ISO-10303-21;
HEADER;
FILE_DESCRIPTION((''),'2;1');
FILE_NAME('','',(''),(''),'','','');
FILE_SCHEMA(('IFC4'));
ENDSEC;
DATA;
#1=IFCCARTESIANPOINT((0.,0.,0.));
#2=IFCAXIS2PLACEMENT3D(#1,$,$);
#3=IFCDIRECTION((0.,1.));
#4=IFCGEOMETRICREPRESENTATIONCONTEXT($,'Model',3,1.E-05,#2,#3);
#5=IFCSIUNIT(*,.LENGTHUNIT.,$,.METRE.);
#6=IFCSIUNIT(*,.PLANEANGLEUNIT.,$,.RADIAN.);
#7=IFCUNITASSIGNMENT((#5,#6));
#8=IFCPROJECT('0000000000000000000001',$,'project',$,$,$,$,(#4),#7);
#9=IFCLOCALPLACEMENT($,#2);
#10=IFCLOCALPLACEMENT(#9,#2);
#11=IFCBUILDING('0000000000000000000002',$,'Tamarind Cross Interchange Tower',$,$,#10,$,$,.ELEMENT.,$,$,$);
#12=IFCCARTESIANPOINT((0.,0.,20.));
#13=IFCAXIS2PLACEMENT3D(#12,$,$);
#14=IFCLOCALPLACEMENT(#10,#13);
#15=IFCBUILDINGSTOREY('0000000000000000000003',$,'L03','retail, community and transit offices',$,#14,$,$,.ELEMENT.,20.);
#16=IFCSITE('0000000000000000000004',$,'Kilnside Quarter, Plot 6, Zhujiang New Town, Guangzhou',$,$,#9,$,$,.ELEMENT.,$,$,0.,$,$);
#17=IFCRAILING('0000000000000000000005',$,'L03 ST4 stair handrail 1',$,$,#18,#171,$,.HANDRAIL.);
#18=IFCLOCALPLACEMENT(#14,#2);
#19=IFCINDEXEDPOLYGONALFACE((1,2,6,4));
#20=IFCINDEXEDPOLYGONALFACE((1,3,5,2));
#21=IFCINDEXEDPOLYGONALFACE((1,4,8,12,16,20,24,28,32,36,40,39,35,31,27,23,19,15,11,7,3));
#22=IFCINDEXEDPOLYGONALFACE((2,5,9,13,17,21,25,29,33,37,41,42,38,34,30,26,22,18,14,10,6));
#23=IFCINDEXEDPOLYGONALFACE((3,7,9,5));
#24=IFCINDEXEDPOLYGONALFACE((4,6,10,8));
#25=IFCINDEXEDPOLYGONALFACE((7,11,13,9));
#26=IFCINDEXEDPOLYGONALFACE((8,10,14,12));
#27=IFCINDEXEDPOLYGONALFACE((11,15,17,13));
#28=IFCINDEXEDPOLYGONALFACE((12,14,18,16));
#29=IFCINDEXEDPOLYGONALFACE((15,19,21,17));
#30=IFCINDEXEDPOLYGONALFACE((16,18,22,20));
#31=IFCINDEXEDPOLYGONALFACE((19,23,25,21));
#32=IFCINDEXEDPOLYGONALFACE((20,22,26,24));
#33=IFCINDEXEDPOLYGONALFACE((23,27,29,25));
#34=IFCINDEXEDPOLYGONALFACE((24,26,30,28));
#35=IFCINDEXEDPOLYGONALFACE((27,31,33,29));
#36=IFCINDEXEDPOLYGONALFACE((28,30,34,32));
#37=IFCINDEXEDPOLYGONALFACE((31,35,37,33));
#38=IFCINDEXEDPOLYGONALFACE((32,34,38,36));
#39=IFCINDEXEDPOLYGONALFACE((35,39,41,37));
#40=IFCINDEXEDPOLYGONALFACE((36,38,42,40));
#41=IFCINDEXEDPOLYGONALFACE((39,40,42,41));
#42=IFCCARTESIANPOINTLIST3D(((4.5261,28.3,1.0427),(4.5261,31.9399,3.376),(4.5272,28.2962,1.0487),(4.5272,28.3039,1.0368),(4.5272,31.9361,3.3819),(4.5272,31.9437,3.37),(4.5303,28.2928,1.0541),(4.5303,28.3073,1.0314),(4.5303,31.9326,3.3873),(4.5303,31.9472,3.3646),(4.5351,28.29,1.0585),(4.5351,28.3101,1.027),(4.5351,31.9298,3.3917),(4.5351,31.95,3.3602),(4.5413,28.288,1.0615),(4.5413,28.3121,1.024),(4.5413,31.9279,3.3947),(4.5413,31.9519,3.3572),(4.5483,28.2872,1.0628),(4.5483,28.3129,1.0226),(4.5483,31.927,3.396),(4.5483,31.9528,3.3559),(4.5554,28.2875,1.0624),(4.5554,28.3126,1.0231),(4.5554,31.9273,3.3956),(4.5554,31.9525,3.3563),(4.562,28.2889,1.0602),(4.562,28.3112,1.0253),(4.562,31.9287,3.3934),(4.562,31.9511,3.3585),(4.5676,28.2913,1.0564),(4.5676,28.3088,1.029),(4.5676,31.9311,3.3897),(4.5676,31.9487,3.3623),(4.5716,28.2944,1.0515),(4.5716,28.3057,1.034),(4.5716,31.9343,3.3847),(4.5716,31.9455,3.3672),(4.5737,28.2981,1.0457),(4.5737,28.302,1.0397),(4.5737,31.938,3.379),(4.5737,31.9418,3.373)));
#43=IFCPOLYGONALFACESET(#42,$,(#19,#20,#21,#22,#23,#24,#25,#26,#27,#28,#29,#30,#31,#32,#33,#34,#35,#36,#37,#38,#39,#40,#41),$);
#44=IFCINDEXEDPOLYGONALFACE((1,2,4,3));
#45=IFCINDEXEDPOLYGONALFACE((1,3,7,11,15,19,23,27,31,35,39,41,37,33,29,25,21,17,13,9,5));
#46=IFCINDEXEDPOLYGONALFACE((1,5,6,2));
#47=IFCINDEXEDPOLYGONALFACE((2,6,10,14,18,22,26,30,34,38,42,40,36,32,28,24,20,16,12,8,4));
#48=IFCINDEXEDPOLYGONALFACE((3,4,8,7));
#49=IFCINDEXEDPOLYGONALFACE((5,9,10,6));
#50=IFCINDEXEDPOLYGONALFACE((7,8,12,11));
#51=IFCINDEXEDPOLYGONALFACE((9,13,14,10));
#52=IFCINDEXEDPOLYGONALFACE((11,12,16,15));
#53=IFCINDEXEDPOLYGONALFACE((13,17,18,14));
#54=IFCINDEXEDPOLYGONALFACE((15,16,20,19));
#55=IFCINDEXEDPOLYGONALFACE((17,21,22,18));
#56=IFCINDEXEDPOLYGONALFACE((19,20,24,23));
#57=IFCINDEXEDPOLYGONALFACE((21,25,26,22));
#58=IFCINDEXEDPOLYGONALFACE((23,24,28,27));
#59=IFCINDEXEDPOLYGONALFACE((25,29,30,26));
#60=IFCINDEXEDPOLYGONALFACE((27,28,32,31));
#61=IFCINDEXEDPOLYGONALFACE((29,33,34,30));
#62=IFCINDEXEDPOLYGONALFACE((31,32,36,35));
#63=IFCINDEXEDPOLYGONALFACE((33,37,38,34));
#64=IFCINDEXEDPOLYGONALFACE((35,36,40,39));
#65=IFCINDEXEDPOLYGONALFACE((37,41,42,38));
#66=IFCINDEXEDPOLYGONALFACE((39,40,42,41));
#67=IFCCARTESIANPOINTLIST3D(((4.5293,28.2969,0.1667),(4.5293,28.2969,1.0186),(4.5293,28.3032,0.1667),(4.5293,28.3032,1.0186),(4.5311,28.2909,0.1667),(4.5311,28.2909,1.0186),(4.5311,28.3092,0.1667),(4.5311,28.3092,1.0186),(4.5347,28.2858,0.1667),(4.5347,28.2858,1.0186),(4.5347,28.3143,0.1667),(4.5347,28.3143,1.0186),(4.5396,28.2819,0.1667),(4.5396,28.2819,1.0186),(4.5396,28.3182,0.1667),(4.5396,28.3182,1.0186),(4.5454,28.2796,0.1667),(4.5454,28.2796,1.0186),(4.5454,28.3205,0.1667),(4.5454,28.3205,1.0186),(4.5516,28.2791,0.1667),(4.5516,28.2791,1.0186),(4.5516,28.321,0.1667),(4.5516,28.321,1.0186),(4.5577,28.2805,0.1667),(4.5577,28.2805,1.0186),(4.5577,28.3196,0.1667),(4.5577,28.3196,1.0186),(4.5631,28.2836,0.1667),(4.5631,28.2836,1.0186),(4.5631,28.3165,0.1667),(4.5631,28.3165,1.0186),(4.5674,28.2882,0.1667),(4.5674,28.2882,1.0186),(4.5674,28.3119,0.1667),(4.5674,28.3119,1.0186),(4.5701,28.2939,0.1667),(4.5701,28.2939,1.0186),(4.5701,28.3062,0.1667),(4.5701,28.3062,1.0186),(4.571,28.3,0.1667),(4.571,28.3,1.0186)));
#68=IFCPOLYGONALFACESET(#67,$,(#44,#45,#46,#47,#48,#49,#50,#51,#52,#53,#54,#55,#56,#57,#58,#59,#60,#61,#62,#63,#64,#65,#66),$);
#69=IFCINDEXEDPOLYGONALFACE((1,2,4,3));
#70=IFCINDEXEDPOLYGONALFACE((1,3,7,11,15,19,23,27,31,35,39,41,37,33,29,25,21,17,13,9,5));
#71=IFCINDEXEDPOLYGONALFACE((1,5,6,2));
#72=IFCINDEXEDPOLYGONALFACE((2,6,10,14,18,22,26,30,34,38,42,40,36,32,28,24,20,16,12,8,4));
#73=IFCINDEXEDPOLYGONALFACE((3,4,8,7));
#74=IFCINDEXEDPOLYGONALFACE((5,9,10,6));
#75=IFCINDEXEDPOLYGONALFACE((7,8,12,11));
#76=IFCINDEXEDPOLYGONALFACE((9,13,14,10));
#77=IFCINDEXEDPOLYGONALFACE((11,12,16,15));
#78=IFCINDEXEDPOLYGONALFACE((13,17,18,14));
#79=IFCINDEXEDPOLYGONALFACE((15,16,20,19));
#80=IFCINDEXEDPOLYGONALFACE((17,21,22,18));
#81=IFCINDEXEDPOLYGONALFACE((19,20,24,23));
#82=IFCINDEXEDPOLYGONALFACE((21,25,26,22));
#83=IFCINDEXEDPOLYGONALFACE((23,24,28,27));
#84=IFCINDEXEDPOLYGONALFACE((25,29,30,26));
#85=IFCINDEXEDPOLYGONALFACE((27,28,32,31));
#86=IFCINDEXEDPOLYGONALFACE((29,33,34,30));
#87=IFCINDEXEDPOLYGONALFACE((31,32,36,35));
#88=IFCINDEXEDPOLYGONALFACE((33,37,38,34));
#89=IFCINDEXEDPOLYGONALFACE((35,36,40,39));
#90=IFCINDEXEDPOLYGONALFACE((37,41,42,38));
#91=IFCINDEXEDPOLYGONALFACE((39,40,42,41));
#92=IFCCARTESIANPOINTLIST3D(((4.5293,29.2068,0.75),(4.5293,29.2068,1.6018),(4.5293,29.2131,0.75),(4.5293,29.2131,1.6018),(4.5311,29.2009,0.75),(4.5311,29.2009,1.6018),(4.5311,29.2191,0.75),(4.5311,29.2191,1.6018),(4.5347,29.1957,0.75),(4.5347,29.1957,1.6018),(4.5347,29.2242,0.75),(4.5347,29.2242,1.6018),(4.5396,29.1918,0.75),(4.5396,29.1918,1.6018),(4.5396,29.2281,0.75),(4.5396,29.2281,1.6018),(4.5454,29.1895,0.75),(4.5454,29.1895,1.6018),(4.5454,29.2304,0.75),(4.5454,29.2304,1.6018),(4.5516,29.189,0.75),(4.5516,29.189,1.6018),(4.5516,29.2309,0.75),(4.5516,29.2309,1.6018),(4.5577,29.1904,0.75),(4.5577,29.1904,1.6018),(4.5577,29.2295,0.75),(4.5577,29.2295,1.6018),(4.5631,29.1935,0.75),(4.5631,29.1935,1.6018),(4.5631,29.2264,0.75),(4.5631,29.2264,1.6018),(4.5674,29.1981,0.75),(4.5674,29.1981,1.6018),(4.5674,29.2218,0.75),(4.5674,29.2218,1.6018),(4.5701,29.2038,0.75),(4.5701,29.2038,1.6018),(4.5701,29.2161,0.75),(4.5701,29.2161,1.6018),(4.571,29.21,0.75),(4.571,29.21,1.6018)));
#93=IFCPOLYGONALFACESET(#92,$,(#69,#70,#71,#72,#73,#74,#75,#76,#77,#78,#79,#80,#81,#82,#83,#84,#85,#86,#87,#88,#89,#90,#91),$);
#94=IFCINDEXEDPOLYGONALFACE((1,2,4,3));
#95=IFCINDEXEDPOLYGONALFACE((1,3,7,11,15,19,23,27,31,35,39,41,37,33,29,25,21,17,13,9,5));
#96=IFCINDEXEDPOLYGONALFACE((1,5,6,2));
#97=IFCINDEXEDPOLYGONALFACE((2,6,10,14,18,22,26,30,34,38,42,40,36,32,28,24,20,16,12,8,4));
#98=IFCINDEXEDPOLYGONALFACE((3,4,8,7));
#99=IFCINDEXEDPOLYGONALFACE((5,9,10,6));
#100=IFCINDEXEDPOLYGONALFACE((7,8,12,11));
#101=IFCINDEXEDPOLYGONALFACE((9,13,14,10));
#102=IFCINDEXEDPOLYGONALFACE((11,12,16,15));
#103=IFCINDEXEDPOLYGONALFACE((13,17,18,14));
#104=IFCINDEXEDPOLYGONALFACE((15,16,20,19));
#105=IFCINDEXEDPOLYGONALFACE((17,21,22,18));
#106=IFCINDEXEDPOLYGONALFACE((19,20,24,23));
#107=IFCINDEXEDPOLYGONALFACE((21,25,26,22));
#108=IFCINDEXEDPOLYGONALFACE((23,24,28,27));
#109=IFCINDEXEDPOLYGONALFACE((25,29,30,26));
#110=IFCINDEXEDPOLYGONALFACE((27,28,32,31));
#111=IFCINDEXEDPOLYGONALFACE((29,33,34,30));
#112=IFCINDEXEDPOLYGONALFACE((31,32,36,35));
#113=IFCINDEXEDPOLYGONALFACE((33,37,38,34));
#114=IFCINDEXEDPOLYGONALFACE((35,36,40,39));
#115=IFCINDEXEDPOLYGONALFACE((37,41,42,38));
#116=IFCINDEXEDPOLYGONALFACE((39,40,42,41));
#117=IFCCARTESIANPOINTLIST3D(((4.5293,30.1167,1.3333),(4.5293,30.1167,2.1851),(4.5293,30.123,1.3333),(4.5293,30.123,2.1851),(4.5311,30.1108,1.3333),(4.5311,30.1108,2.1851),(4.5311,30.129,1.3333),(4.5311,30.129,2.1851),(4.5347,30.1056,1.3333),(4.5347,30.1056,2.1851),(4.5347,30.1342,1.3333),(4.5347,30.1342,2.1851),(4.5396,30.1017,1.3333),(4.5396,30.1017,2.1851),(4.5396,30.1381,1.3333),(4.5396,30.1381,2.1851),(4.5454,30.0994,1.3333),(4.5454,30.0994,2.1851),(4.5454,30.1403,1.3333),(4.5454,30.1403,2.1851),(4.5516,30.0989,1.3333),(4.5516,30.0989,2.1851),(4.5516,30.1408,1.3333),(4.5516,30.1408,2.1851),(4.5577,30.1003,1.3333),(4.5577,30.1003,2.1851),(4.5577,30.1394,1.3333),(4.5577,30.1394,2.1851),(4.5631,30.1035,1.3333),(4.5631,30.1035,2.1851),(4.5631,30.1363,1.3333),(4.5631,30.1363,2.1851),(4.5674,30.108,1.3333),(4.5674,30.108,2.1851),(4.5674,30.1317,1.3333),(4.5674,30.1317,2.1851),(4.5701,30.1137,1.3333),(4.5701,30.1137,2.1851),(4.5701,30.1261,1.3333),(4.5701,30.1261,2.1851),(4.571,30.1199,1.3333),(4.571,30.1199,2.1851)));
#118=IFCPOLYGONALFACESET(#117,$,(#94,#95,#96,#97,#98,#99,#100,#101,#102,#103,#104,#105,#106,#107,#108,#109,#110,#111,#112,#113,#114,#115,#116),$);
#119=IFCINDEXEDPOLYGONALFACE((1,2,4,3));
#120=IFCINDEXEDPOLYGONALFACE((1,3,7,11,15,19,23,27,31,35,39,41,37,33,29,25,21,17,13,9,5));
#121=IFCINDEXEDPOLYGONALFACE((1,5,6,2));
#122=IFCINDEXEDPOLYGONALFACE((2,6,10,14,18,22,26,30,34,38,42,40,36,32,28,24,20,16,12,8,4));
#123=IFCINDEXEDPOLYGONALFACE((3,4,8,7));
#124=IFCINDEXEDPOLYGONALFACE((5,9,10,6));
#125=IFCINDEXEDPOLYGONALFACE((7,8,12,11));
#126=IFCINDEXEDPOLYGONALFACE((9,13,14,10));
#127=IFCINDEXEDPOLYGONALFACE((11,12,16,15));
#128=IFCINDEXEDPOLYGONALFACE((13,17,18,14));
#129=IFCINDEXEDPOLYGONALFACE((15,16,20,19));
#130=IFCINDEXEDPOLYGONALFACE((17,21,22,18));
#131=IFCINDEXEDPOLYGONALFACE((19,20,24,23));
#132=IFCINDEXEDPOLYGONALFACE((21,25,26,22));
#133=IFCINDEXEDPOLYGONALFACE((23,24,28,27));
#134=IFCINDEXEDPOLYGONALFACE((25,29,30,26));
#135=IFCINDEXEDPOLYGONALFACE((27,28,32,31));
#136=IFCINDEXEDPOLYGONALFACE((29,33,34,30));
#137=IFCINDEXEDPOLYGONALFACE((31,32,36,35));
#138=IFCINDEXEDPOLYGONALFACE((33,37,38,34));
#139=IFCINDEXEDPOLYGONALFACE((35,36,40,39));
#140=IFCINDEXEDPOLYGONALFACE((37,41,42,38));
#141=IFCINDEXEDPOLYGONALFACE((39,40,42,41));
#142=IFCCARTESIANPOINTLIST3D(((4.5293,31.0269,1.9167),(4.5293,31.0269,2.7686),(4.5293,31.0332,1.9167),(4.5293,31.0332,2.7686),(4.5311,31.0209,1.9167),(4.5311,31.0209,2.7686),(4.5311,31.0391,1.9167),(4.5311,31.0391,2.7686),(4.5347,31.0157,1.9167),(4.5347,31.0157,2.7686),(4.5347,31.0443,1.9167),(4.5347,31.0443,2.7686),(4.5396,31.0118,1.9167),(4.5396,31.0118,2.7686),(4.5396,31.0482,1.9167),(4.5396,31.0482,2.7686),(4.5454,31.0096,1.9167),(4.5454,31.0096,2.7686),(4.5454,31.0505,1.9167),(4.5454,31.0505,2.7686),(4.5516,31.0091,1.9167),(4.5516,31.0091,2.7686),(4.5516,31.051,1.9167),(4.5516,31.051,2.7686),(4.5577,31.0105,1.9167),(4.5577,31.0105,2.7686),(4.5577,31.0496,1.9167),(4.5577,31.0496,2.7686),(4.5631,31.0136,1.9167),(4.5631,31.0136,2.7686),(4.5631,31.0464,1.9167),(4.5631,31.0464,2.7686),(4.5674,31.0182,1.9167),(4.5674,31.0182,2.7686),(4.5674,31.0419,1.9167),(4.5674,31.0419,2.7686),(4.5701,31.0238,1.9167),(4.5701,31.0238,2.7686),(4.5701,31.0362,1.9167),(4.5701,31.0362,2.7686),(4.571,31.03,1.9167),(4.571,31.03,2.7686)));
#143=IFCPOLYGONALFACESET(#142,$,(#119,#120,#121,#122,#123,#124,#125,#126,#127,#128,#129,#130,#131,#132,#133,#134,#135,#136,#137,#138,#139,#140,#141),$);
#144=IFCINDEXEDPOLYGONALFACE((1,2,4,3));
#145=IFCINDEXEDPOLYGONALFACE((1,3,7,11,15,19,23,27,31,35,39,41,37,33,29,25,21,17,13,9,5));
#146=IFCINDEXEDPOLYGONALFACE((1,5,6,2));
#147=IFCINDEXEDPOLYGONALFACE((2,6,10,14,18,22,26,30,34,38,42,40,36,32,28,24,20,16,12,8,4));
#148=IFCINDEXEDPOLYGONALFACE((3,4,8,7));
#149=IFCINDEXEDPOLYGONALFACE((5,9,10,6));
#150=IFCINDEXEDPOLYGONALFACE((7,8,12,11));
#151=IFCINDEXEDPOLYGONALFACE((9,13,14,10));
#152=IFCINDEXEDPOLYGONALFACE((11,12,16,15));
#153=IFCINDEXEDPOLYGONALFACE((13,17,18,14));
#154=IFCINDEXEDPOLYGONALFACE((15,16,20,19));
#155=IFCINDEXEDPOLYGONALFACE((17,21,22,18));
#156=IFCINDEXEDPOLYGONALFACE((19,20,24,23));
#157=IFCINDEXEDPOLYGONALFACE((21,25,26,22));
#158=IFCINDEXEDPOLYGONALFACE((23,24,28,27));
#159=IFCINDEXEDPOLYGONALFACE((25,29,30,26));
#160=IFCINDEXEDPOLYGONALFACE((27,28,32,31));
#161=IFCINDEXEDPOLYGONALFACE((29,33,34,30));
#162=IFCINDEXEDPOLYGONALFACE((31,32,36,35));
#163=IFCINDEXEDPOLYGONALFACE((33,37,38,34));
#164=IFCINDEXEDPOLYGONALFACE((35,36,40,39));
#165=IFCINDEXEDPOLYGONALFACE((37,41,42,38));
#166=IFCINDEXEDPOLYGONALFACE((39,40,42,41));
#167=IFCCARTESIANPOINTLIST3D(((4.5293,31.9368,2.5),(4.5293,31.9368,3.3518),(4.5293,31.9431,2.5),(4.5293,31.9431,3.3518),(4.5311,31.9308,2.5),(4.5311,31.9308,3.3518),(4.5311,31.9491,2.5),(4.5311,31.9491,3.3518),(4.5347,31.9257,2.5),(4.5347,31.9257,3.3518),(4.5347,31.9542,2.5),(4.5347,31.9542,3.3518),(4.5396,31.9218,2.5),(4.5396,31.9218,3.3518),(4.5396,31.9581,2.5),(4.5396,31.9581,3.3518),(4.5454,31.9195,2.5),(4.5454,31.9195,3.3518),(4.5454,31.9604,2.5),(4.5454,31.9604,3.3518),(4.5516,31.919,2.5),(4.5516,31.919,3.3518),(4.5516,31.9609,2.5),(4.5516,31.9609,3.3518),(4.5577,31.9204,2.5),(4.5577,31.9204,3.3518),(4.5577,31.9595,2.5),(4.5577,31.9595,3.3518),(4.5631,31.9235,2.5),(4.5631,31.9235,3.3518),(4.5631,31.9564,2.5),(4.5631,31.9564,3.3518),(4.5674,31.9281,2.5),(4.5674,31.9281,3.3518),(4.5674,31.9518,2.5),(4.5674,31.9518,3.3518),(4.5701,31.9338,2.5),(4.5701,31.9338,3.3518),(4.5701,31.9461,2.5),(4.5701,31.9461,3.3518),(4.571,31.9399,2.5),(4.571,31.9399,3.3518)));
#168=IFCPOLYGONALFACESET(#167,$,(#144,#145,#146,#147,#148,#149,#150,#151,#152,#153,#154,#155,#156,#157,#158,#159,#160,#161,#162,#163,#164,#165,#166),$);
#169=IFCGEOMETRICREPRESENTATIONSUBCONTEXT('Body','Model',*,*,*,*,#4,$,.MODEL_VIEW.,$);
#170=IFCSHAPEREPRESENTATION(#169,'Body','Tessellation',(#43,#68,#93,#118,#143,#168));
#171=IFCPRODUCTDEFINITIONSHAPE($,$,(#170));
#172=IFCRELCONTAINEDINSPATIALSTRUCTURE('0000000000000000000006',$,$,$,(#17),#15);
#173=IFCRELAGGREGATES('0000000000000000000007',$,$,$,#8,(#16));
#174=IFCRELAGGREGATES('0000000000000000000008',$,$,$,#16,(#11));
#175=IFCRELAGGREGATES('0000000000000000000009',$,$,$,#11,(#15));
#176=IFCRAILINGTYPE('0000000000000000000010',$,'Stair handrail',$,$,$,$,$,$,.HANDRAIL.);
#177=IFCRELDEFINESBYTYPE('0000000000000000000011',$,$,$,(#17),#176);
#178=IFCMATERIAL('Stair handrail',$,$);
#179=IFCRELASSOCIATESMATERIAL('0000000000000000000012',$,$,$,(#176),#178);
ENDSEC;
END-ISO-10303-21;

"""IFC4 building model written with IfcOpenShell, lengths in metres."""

from ifc_helpers import new_model, si_unit, direction, frame, origin, origin_2d, place, context, subcontext, project, spatial, circle, extrude, material, type_object, element, save


model = new_model("IFC4")

# Units and contexts
model_context = context("Model", 3, precision=1e-05, world=origin(), true_north=direction((0.0, 1.0)))
body_context = subcontext(model_context, "Body", "Model", "MODEL_VIEW")
ifc_project = project(units=[si_unit("LENGTHUNIT", "METRE"), si_unit("PLANEANGLEUNIT", "RADIAN")], contexts=[model_context])

# Site, building, storey
site_placement = place(None, origin())
site = spatial("IfcSite", under=ifc_project, at=site_placement, Name="Kilnside Quarter, Plot 6, Zhujiang New Town, Guangzhou", CompositionType="ELEMENT", RefElevation=0.0)
building_placement = place(site_placement, origin())
building = spatial("IfcBuilding", under=site, at=building_placement, Name="Tamarind Cross Interchange Tower", CompositionType="ELEMENT")
storey_placement = place(building_placement, frame((0.0, 0.0, 20.0)))
storey = spatial("IfcBuildingStorey", under=building, at=storey_placement, Name="L03", Description="retail, community and transit offices", CompositionType="ELEMENT", Elevation=20.0)

# Railing
ifc_material_1 = material(Name="Stair handrail")
railing_type_1 = type_object("IfcRailingType", Name="Stair handrail", PredefinedType="HANDRAIL", material=ifc_material_1)
railing_1_placement = place(storey_placement, frame((4.55, 28.3, 0.1667)))
element("IfcRailing", 1, at=railing_1_placement, inside=storey, type_object=railing_type_1, Name="L03 ST4 stair handrail 1", PredefinedType="HANDRAIL", context=body_context, shape_type="SweptSolid", body=[
    extrude(circle(Radius=0.0239, at=origin_2d()), frame((0.0, 0.0, 0.876), z_axis=(0.0, 0.84188, 0.539664), x_axis=(-1.0, 0.0, 0.0)), (0.0, 0.0, 1.0), 4.3235),
    extrude(circle(Radius=0.021, at=origin_2d()), origin(), (0.0, 0.0, 1.0), 0.8518),
    extrude(circle(Radius=0.021, at=origin_2d()), frame((0.0, 0.9099, 0.5833)), (0.0, 0.0, 1.0), 0.8518),
    extrude(circle(Radius=0.021, at=origin_2d()), frame((0.0, 1.8198, 1.1665)), (0.0, 0.0, 1.0), 0.8518),
    extrude(circle(Radius=0.021, at=origin_2d()), frame((0.0, 2.73, 1.75)), (0.0, 0.0, 1.0), 0.8518),
    extrude(circle(Radius=0.021, at=origin_2d()), frame((0.0, 3.6399, 2.3333)), (0.0, 0.0, 1.0), 0.8518),
])

save(model, "model.ifc")
